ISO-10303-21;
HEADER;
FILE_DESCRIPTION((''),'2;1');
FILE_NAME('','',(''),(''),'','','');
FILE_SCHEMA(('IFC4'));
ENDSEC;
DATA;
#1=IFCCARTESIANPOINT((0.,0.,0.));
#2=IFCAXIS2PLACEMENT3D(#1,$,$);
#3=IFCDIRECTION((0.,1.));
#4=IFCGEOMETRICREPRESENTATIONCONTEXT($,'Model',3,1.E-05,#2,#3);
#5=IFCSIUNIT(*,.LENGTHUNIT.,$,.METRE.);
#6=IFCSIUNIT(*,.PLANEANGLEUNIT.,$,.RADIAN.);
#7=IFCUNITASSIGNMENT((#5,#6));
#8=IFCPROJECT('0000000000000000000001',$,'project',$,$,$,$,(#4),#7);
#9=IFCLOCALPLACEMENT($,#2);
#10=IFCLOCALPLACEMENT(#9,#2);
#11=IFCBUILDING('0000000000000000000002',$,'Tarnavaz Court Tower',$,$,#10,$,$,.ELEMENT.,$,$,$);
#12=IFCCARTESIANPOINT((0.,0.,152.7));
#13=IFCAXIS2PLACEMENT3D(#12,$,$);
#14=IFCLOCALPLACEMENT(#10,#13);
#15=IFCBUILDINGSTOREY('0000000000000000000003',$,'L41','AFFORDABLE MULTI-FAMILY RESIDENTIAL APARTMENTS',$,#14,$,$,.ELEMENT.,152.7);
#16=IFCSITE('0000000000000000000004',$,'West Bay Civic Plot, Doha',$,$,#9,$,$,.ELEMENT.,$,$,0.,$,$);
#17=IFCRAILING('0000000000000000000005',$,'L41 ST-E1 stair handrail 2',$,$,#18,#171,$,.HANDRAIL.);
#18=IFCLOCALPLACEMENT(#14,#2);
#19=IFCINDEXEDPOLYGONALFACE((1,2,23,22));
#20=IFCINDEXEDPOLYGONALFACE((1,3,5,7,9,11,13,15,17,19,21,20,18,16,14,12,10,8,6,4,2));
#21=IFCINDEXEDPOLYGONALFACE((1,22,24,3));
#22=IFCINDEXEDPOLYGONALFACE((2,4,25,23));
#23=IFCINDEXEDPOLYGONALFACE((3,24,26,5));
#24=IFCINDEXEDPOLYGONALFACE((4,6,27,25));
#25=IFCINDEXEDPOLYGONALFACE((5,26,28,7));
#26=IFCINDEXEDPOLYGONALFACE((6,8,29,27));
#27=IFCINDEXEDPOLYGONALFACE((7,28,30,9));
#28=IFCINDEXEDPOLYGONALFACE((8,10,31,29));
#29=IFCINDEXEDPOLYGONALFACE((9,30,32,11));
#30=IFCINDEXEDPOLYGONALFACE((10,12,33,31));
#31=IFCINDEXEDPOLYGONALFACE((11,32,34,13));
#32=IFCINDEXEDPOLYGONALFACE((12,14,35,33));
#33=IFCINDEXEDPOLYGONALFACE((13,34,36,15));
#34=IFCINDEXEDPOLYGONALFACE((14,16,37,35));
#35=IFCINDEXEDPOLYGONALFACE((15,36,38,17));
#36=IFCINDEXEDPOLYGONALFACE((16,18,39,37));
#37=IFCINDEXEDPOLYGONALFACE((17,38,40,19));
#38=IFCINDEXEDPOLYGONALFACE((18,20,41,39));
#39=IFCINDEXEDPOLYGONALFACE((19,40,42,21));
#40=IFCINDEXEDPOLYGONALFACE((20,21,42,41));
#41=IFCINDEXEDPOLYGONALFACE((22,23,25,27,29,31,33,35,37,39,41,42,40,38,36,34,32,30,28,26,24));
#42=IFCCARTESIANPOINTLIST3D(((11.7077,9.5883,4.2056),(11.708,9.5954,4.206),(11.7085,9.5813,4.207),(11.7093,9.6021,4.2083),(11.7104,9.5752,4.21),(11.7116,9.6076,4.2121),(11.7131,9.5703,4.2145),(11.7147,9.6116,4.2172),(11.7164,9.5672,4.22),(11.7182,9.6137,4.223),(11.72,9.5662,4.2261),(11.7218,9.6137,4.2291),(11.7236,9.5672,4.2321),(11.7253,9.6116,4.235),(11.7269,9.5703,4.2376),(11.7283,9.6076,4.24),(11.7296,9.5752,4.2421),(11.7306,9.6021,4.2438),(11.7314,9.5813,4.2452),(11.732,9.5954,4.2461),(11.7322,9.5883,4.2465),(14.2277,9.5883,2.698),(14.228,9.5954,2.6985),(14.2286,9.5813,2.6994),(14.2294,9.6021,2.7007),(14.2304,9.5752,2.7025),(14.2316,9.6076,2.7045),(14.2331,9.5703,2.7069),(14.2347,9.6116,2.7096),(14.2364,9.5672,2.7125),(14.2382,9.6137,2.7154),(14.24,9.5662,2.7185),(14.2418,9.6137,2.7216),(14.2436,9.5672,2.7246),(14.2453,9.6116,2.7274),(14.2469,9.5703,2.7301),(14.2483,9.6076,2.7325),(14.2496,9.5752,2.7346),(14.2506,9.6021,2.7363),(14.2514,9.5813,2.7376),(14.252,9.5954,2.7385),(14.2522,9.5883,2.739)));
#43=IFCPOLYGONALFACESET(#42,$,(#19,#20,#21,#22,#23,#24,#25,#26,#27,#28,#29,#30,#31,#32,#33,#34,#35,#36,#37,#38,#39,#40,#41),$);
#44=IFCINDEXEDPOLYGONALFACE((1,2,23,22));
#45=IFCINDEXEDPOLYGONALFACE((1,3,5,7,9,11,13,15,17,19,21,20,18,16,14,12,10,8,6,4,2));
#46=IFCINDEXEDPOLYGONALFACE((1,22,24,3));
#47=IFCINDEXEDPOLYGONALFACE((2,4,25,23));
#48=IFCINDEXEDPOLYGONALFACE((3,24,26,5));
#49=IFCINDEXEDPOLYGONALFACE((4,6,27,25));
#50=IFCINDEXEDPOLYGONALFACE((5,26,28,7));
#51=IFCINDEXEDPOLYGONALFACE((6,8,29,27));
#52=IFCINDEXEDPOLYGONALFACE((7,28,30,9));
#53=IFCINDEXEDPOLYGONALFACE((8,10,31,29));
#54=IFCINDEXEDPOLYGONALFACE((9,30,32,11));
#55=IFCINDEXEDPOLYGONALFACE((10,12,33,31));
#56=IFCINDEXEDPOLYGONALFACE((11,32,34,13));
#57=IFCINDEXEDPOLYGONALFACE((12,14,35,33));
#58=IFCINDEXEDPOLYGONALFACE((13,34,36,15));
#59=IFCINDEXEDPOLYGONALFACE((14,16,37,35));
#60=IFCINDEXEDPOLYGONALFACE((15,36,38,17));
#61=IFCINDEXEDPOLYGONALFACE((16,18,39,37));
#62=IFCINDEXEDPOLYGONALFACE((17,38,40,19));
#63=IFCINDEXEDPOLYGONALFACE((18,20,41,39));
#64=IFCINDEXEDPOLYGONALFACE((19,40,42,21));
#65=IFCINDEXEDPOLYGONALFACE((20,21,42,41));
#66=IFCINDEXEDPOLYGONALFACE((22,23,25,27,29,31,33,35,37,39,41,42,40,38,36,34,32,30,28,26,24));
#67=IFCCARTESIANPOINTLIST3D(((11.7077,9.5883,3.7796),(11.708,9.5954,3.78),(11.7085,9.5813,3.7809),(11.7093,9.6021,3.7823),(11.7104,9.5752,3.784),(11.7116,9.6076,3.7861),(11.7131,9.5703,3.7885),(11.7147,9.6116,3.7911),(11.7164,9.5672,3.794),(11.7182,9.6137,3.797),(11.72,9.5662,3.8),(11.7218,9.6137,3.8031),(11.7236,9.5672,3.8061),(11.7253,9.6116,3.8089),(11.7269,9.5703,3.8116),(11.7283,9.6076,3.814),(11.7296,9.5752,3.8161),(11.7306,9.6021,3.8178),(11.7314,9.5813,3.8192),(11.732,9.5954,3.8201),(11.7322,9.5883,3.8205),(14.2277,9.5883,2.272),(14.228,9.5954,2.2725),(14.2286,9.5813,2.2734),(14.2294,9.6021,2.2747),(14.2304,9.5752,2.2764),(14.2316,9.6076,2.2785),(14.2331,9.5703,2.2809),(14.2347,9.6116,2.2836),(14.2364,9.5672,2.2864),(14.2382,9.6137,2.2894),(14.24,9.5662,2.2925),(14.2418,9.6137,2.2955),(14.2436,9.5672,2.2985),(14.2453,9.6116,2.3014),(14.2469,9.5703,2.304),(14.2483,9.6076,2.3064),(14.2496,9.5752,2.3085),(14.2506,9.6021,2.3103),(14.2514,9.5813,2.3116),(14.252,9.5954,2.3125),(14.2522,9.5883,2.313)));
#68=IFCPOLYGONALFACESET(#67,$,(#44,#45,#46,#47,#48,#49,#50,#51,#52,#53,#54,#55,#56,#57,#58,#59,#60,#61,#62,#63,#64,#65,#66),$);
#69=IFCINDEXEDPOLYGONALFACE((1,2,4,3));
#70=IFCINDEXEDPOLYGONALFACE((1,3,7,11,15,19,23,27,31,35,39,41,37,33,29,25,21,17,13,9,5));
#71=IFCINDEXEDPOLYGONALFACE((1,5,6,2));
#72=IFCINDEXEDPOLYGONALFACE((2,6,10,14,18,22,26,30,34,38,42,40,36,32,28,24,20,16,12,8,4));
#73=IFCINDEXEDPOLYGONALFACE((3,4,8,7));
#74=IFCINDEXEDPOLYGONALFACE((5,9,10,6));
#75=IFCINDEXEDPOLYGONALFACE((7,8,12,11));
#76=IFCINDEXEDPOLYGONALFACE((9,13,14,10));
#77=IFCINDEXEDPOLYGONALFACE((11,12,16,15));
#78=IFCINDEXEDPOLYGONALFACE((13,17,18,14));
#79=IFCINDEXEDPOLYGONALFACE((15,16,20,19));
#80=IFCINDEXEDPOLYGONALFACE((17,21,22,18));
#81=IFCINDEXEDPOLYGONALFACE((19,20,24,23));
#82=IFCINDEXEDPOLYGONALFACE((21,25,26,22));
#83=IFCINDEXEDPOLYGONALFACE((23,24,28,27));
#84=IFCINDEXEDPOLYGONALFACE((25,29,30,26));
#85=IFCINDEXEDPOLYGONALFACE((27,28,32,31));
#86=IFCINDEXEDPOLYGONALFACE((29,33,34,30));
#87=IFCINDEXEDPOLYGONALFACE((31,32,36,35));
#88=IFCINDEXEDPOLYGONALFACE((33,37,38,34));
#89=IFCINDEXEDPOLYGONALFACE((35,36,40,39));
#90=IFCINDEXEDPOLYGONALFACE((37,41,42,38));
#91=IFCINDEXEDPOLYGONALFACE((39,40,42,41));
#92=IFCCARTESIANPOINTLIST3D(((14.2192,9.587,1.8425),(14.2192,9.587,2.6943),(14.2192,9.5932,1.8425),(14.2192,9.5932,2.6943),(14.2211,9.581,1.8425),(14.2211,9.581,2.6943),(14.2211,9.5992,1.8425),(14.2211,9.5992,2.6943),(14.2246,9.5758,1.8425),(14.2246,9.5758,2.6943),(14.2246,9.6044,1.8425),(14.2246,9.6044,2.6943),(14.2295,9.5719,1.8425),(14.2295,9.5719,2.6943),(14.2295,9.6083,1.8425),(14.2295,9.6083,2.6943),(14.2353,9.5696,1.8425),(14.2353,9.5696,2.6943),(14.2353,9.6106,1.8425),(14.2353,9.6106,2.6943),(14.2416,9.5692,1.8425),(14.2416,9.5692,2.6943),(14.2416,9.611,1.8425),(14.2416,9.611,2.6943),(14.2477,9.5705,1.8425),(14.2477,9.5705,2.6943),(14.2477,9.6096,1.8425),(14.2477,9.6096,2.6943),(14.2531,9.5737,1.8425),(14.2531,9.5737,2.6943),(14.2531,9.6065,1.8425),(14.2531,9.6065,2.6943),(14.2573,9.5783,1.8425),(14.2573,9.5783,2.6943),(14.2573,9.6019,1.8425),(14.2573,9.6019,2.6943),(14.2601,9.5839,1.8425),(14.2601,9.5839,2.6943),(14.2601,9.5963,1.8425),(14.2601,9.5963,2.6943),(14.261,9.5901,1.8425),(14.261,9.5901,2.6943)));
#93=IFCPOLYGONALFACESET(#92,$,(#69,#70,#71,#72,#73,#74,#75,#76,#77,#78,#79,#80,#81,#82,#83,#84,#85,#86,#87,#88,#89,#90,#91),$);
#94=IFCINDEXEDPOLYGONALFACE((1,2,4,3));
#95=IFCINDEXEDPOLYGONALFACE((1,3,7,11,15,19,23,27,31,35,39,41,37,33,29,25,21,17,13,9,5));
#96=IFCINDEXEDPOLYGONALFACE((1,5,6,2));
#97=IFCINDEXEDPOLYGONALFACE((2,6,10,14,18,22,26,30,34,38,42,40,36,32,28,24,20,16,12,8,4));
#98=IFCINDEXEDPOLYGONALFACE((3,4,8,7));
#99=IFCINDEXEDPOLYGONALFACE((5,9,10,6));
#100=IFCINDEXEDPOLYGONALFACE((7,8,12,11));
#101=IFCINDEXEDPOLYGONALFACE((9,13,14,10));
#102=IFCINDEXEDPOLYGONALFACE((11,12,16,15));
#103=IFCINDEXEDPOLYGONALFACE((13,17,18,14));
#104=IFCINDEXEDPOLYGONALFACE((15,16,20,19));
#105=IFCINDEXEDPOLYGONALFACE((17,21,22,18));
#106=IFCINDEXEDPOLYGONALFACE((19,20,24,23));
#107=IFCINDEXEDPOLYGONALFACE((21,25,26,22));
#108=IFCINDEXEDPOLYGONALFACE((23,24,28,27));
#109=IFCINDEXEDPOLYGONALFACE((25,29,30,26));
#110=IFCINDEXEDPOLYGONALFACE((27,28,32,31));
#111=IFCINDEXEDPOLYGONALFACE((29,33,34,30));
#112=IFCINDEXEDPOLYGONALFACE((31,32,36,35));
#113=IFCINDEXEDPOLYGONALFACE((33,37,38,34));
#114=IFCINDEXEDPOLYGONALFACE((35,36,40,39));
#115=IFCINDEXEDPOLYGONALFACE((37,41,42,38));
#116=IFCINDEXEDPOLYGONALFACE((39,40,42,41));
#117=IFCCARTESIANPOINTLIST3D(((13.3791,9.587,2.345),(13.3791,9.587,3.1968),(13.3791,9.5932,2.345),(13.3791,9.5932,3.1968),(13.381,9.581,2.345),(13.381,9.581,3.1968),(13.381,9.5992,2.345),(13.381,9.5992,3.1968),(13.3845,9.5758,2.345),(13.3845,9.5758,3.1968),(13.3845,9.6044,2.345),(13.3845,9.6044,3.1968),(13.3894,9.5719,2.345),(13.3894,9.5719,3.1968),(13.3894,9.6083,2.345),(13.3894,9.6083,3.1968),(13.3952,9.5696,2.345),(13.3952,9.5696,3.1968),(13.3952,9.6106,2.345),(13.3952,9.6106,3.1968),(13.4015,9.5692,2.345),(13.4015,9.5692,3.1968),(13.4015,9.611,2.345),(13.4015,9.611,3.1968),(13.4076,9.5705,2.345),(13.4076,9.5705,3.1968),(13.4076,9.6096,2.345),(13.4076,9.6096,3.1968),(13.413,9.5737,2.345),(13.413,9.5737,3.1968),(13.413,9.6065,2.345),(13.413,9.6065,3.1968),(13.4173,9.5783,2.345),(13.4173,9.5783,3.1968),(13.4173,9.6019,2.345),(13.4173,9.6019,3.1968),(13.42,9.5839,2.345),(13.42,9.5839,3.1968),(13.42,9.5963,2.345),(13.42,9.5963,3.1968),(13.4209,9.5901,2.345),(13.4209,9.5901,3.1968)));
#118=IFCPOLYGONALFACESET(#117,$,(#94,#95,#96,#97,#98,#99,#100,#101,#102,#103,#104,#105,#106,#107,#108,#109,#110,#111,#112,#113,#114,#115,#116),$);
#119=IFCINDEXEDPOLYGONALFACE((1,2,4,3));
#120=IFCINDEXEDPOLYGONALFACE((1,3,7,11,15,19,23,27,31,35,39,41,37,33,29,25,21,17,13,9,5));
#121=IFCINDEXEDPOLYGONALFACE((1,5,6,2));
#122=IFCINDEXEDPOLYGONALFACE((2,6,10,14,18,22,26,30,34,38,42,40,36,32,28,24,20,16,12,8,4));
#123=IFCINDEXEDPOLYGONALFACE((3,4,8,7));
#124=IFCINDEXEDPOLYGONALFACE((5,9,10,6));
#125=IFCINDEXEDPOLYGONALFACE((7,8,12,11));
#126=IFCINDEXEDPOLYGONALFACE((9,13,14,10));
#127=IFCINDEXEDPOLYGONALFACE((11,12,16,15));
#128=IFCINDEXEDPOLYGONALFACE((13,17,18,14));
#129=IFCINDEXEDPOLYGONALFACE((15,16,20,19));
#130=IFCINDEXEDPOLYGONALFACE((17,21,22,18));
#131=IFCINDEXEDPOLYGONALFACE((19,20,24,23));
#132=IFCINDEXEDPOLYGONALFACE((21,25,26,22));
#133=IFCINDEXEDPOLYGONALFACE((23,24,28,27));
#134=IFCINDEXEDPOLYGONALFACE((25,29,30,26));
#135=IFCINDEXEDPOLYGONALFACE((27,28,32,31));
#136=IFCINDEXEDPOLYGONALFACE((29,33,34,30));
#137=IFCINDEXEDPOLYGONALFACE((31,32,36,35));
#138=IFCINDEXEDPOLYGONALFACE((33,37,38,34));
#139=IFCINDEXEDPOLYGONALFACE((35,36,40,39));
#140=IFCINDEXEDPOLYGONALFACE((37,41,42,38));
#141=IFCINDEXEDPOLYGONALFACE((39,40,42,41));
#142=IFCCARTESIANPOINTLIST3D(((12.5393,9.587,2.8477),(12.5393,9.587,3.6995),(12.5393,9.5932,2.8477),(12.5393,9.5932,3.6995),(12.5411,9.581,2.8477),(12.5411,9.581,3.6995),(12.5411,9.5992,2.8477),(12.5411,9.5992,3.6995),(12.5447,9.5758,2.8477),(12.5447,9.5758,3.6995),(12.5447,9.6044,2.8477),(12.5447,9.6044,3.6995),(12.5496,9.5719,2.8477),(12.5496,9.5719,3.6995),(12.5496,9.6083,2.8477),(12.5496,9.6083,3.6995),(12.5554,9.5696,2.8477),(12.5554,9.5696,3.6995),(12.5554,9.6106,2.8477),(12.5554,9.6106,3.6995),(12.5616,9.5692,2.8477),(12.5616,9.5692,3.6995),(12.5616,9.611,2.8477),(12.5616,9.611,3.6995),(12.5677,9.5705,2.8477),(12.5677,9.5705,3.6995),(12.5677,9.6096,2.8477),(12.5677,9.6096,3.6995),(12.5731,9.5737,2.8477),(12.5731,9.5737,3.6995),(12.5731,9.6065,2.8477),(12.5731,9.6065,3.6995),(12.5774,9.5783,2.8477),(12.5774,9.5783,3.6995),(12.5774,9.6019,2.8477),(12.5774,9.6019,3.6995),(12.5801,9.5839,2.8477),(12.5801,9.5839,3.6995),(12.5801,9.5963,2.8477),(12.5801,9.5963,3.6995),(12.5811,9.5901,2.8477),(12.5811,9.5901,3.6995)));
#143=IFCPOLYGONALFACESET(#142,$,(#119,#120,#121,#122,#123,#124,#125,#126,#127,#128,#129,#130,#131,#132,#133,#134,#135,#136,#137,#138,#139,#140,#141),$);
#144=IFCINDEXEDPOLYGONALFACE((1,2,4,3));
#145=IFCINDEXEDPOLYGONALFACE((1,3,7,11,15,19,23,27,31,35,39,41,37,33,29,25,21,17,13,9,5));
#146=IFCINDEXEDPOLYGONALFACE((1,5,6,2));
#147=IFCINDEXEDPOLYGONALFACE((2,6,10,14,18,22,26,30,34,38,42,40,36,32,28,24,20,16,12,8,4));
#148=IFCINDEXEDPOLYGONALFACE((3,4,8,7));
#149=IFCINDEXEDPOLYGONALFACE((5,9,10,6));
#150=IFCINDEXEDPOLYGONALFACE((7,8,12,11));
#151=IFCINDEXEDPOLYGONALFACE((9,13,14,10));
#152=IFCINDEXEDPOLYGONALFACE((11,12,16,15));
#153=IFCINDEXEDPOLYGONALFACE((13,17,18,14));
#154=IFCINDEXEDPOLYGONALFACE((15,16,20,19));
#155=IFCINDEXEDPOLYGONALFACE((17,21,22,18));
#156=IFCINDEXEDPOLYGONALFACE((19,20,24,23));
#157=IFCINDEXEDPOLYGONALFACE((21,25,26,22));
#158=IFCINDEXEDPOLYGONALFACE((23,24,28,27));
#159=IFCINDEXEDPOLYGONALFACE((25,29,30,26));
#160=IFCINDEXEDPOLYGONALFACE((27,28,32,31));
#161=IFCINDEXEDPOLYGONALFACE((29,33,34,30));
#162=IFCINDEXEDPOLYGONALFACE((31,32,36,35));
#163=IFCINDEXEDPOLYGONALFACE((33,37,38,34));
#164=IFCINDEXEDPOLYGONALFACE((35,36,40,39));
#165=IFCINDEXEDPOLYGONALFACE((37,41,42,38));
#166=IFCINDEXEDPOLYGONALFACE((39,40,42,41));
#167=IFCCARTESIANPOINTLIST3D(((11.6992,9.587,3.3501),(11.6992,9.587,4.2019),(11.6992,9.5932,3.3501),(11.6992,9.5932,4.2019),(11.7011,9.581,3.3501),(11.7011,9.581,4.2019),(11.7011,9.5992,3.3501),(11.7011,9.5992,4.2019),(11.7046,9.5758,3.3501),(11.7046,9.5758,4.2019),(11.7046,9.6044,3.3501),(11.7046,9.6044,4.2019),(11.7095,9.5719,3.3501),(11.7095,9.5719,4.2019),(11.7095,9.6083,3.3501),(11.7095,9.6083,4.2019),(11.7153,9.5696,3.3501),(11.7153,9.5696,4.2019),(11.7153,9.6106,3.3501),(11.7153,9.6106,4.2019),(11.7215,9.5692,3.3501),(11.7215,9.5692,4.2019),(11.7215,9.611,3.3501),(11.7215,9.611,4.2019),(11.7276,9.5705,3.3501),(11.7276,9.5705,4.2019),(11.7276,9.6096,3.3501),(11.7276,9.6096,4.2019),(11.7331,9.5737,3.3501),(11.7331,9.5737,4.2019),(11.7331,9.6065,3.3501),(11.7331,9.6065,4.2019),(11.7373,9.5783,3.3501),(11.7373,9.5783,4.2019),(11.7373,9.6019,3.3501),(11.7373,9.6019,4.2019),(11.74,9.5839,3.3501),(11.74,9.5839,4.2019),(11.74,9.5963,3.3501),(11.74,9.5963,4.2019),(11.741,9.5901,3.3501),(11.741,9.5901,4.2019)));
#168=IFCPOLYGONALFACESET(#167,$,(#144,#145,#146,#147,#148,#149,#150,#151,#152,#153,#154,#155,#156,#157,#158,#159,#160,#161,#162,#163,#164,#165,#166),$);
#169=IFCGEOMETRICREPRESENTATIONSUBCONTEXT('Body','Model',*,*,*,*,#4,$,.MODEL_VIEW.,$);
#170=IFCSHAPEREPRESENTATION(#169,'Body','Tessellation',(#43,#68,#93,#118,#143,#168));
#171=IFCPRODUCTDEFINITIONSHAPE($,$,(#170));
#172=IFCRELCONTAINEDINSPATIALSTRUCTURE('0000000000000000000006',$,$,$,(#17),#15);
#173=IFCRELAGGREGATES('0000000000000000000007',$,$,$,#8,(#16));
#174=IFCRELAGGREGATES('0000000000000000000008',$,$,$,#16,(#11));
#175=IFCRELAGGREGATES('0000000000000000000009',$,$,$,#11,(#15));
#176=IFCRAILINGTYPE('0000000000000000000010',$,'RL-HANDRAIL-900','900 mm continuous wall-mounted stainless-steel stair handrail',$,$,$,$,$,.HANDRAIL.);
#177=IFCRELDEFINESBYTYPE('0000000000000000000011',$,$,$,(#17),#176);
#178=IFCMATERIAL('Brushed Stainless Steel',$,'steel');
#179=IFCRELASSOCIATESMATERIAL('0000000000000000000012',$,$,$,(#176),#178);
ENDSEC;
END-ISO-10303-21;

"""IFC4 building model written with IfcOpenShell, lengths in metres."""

from ifc_helpers import new_model, si_unit, direction, frame, origin, origin_2d, place, context, subcontext, project, spatial, circle, extrude, material, type_object, element, save


model = new_model("IFC4")

# Units and contexts
model_context = context("Model", 3, precision=1e-05, world=origin(), true_north=direction((0.0, 1.0)))
body_context = subcontext(model_context, "Body", "Model", "MODEL_VIEW")
ifc_project = project(units=[si_unit("LENGTHUNIT", "METRE"), si_unit("PLANEANGLEUNIT", "RADIAN")], contexts=[model_context])

# Site, building, storey
site_placement = place(None, origin())
site = spatial("IfcSite", under=ifc_project, at=site_placement, Name="West Bay Civic Plot, Doha", CompositionType="ELEMENT", RefElevation=0.0)
building_placement = place(site_placement, origin())
building = spatial("IfcBuilding", under=site, at=building_placement, Name="Tarnavaz Court Tower", CompositionType="ELEMENT")
storey_placement = place(building_placement, frame((0.0, 0.0, 152.7)))
storey = spatial("IfcBuildingStorey", under=building, at=storey_placement, Name="L41", Description="AFFORDABLE MULTI-FAMILY RESIDENTIAL APARTMENTS", CompositionType="ELEMENT", Elevation=152.7)

# Railing
ifc_material_1 = material(Name="Brushed Stainless Steel", Category="steel")
railing_type_1 = type_object("IfcRailingType", Name="RL-HANDRAIL-900", Description="900 mm continuous wall-mounted stainless-steel stair handrail", PredefinedType="HANDRAIL", material=ifc_material_1)
railing_1_placement = place(storey_placement, frame((14.24, 9.5901, 1.8425)))
element("IfcRailing", 1, at=railing_1_placement, inside=storey, type_object=railing_type_1, Name="L41 ST-E1 stair handrail 2", PredefinedType="HANDRAIL", context=body_context, shape_type="SweptSolid", body=[
    extrude(circle(Radius=0.0239, at=origin_2d()), frame((0.0, 0.0, 0.876), z_axis=(-0.85816, 0.0, 0.513383), x_axis=(0.0, -1.0, 0.0)), (0.0, 0.0, 1.0), 2.9365),
    extrude(circle(Radius=0.0239, at=origin_2d()), frame((0.0, 0.0, 0.45), z_axis=(-0.85816, 0.0, 0.513383), x_axis=(0.0, -1.0, 0.0)), (0.0, 0.0, 1.0), 2.9365),
    extrude(circle(Radius=0.021, at=origin_2d()), origin(), (0.0, 0.0, 1.0), 0.8518),
    extrude(circle(Radius=0.021, at=origin_2d()), frame((-0.8401, 0.0, 0.5024)), (0.0, 0.0, 1.0), 0.8518),
    extrude(circle(Radius=0.021, at=origin_2d()), frame((-1.6799, 0.0, 1.0051)), (0.0, 0.0, 1.0), 0.8518),
    extrude(circle(Radius=0.021, at=origin_2d()), frame((-2.52, 0.0, 1.5076)), (0.0, 0.0, 1.0), 0.8518),
])

save(model, "model.ifc")
